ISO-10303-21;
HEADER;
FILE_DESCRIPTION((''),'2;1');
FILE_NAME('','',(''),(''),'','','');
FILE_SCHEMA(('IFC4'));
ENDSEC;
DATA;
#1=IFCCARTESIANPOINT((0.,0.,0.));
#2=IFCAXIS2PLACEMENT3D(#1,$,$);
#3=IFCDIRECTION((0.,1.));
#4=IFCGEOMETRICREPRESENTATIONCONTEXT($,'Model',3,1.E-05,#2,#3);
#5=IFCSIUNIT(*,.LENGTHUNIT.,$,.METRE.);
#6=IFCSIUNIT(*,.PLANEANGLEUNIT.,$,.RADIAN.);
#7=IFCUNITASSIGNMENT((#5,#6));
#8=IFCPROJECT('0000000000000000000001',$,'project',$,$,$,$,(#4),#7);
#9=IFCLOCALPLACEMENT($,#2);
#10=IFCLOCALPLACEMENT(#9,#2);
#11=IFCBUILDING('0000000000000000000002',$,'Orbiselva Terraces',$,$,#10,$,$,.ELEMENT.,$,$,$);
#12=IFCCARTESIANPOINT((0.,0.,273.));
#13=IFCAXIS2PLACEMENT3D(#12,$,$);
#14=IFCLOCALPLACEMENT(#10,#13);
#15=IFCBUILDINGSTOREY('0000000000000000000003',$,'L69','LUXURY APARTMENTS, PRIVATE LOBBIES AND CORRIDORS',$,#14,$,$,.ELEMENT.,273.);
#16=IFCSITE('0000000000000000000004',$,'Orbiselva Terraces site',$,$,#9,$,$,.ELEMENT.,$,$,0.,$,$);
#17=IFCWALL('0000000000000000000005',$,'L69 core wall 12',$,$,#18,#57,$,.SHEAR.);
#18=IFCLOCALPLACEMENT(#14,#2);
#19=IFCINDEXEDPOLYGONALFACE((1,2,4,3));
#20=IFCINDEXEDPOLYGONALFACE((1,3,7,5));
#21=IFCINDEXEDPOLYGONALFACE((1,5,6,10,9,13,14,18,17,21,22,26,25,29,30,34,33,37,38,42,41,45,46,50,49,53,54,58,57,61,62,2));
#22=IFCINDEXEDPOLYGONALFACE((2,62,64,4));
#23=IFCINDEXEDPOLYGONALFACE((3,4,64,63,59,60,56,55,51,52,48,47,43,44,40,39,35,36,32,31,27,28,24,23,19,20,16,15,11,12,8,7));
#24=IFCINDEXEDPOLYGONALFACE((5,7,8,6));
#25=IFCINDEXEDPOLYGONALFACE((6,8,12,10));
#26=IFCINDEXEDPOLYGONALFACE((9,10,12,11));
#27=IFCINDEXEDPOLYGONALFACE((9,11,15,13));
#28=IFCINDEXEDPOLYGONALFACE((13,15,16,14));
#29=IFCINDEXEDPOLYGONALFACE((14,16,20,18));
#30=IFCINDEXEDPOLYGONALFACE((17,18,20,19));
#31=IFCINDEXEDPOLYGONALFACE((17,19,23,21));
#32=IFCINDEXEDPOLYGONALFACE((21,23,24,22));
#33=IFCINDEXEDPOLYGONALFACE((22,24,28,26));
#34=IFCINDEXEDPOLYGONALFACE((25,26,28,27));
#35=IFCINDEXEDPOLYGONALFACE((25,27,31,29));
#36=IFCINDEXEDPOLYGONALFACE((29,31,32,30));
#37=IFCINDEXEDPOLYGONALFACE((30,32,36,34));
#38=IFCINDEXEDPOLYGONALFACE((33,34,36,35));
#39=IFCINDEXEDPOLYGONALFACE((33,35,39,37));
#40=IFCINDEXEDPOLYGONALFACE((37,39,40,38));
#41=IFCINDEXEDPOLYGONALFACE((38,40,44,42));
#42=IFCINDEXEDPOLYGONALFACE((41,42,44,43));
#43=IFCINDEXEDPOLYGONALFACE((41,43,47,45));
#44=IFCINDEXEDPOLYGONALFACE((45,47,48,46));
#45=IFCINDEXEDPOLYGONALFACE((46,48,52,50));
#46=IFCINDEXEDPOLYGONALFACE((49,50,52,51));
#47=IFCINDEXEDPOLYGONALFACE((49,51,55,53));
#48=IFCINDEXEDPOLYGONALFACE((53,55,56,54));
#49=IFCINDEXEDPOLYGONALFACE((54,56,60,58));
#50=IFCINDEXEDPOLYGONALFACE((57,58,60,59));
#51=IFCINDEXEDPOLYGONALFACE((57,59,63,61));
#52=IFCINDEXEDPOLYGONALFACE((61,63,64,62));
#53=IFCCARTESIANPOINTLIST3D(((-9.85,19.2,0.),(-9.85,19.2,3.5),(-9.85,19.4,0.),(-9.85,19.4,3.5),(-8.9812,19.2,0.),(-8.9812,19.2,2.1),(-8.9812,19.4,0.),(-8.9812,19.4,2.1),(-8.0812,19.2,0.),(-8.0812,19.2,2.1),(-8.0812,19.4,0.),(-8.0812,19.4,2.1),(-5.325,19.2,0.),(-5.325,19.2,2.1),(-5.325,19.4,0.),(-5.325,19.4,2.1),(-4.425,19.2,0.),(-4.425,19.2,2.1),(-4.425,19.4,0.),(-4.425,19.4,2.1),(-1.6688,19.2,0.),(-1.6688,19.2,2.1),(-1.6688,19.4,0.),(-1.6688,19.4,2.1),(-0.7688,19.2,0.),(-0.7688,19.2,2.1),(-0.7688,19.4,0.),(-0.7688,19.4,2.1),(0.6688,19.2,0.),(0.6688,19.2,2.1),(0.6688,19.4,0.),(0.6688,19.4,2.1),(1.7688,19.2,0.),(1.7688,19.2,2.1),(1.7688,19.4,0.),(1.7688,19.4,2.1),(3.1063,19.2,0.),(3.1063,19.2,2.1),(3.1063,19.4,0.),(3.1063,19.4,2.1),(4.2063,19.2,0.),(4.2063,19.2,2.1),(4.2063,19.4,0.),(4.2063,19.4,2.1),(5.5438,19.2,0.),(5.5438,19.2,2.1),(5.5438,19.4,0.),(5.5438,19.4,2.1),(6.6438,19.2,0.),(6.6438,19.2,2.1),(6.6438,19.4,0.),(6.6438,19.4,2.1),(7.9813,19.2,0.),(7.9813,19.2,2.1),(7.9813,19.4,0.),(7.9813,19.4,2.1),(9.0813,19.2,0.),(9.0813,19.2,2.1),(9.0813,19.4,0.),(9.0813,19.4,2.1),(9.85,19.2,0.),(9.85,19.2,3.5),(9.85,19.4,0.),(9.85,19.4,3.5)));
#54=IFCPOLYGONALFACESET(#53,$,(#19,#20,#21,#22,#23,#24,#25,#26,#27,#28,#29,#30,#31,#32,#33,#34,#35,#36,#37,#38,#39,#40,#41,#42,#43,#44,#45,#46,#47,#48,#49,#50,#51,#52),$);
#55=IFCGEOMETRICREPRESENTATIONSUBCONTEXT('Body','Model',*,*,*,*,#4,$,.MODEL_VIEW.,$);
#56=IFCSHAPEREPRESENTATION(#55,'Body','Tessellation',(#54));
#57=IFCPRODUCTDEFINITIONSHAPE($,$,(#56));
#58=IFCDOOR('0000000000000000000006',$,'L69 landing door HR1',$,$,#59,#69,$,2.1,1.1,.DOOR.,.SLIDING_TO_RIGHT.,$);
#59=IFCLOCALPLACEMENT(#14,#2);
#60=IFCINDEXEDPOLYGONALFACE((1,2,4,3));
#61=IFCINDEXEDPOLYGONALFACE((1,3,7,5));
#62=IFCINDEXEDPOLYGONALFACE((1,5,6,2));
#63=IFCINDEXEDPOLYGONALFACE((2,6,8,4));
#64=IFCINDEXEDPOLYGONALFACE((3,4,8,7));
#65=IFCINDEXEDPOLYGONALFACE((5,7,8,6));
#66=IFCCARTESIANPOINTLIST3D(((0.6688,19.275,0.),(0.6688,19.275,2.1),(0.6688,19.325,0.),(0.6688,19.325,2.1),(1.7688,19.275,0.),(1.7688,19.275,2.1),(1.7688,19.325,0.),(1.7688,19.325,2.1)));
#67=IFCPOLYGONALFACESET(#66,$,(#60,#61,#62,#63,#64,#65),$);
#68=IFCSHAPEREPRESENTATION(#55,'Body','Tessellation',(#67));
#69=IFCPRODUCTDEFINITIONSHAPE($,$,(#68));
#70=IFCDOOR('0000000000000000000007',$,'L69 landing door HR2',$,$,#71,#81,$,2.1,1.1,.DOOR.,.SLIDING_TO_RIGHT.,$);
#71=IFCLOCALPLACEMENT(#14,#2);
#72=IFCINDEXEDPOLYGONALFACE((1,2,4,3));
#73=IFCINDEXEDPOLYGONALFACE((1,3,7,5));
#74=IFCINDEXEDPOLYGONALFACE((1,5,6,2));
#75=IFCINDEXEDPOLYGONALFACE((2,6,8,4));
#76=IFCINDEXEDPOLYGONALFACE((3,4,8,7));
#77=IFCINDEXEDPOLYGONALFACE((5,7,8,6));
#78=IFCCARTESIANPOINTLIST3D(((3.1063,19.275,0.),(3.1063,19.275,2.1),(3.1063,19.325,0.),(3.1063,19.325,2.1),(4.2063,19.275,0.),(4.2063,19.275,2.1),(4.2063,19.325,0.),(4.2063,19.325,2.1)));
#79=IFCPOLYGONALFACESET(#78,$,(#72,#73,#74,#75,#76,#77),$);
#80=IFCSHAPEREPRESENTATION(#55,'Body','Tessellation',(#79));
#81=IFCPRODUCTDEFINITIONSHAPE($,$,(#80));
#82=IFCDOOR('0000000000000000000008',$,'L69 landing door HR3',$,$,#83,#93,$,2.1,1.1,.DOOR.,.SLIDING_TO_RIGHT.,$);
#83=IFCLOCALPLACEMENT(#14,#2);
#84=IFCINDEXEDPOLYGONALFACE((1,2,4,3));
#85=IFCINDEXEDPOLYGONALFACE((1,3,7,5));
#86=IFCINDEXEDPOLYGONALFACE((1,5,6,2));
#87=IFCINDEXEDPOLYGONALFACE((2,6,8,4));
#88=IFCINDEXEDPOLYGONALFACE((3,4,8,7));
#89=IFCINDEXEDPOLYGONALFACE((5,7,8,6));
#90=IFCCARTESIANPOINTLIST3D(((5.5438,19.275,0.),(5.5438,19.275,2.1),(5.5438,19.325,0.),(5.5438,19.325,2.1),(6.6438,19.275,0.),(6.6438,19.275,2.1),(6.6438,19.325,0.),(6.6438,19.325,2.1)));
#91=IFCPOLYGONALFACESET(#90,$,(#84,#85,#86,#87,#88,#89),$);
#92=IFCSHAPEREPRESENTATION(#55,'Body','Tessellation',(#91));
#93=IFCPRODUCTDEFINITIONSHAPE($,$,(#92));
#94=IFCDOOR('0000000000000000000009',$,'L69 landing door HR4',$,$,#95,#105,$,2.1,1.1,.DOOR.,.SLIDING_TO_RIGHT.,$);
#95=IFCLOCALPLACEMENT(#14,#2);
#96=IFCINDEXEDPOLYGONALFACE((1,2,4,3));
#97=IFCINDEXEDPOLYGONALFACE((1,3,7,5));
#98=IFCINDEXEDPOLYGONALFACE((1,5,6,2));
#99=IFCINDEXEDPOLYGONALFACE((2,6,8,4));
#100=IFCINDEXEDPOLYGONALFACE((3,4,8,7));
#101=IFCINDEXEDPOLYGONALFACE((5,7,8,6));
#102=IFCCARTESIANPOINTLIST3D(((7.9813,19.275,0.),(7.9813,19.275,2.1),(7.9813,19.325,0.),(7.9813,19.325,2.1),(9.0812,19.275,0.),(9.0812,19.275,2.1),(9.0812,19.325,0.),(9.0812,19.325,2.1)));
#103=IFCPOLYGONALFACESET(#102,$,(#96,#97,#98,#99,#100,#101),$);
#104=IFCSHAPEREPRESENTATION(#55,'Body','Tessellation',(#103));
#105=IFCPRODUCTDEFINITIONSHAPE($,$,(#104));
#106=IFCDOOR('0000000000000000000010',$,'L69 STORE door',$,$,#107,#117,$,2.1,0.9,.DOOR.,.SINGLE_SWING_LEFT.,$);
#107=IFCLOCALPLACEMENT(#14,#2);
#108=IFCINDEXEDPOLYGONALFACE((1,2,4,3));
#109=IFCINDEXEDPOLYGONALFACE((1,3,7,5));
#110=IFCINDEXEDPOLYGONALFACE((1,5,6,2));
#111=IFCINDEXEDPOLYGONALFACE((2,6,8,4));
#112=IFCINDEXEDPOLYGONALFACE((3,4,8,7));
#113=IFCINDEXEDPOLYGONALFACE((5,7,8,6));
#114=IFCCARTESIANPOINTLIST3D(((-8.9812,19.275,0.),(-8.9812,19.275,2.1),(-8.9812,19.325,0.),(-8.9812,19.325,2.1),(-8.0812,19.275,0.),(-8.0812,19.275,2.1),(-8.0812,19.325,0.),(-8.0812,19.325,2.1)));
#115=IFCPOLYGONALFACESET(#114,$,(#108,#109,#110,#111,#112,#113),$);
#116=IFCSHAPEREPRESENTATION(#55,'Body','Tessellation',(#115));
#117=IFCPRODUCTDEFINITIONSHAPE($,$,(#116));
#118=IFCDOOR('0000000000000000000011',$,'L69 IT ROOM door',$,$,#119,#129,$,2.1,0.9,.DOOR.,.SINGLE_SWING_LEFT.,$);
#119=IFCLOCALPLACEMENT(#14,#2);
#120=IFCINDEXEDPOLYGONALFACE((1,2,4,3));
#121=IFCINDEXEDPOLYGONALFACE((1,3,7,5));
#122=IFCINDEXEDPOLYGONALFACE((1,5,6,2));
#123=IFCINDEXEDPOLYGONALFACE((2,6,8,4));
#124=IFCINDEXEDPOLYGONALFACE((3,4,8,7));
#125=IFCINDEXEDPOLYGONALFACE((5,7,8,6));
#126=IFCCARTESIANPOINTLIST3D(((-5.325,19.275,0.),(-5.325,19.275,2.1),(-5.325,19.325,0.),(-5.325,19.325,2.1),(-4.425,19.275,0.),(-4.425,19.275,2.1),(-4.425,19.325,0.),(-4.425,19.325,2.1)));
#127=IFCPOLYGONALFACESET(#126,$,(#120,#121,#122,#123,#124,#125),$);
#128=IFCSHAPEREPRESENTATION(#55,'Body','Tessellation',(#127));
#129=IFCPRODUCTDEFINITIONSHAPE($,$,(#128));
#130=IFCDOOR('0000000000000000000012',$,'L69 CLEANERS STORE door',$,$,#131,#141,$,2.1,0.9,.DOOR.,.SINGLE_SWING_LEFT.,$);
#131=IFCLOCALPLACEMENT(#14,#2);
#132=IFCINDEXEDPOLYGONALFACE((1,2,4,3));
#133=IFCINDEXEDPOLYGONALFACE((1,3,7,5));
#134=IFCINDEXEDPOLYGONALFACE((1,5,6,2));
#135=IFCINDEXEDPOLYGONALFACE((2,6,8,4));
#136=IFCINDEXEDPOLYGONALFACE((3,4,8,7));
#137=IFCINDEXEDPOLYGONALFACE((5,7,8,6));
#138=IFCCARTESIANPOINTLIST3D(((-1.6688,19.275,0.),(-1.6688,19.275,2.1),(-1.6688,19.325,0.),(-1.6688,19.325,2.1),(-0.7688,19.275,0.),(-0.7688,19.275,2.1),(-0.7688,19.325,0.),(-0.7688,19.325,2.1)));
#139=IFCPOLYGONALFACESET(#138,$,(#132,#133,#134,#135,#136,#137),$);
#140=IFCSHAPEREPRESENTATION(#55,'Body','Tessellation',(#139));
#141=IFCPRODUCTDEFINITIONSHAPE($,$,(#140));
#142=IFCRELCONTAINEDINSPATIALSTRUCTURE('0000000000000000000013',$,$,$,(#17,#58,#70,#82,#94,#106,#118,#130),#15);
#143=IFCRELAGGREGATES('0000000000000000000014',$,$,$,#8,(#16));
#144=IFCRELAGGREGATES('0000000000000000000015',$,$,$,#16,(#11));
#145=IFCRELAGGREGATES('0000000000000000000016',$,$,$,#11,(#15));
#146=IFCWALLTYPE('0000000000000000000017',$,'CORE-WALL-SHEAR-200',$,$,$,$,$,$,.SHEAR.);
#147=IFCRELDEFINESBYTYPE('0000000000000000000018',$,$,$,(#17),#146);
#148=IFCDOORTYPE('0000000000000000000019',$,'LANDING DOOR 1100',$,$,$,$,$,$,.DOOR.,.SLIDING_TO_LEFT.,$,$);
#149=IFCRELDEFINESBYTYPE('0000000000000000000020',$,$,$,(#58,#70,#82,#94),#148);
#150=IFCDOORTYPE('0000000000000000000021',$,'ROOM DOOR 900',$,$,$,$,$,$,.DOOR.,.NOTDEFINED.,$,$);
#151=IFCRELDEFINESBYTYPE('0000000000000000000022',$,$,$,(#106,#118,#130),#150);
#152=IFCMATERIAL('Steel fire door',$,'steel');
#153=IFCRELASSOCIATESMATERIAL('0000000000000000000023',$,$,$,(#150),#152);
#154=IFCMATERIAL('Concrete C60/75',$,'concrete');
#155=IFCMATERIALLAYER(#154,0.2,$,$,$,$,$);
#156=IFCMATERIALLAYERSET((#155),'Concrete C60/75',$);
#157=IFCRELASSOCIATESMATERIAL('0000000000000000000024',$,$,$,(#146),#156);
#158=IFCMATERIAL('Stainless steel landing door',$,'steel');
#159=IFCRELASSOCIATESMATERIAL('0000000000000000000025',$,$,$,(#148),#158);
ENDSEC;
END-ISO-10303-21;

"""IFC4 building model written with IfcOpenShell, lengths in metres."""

from ifc_helpers import new_model, si_unit, direction, frame, frame_2d, origin, place, context, subcontext, project, spatial, rectangle, extrude, material, layer, layer_set, type_object, element, fill, save


model = new_model("IFC4")

# Units and contexts
model_context = context("Model", 3, precision=1e-05, world=origin(), true_north=direction((0.0, 1.0)))
body_context = subcontext(model_context, "Body", "Model", "MODEL_VIEW")
ifc_project = project(units=[si_unit("LENGTHUNIT", "METRE"), si_unit("PLANEANGLEUNIT", "RADIAN")], contexts=[model_context])

# Site, building, storey
site_placement = place(None, origin())
site = spatial("IfcSite", under=ifc_project, at=site_placement, Name="Orbiselva Terraces site", CompositionType="ELEMENT", RefElevation=0.0)
building_placement = place(site_placement, origin())
building = spatial("IfcBuilding", under=site, at=building_placement, Name="Orbiselva Terraces", CompositionType="ELEMENT")
storey_placement = place(building_placement, frame((0.0, 0.0, 273.0)))
storey = spatial("IfcBuildingStorey", under=building, at=storey_placement, Name="L69", Description="LUXURY APARTMENTS, PRIVATE LOBBIES AND CORRIDORS", CompositionType="ELEMENT", Elevation=273.0)

# Shared definitions
ifc_material_1 = material(Name="Steel fire door", Category="steel")
door_type_1 = type_object("IfcDoorType", Name="ROOM DOOR 900", OperationType="NOTDEFINED", PredefinedType="DOOR", material=ifc_material_1)

# Shared definitions
ifc_material_2 = material(Name="Concrete C60/75", Category="concrete")
ifc_layer_1 = layer(ifc_material_2, 0.2)
ifc_layer_set_1 = layer_set([ifc_layer_1], Name="Concrete C60/75")
wall_type_1 = type_object("IfcWallType", Name="CORE-WALL-SHEAR-200", PredefinedType="SHEAR", material=ifc_layer_set_1)

# Wall, openings, doors
wall_1_placement = place(storey_placement, frame((-9.85, 19.3, 0.0), z_axis=(0.0, 0.0, 1.0), x_axis=(1.0, 0.0, 0.0)))
wall_1 = element("IfcWall", 1, at=wall_1_placement, inside=storey, type_object=wall_type_1, Name="L69 core wall 12", PredefinedType="SHEAR", context=body_context, shape_type="SweptSolid", body=[
    extrude(rectangle(XDim=19.7, YDim=0.2, at=frame_2d((9.85, 0.0))), origin(), (0.0, 0.0, 1.0), 3.5),
])
opening_1_placement = place(wall_1_placement, frame((10.5188, 0.0, 0.0)))
opening_1 = element("IfcOpeningElement", 2, at=opening_1_placement, cuts=wall_1, PredefinedType="OPENING", context=body_context, shape_type="SweptSolid", body=[
    extrude(rectangle(XDim=1.1, YDim=2.1, at=frame_2d((0.55, 1.05))), frame((0.0, 0.11, 0.0), z_axis=(0.0, -1.0, 0.0), x_axis=(1.0, 0.0, 0.0)), (0.0, 0.0, 1.0), 0.22),
])
opening_2_placement = place(wall_1_placement, frame((12.9563, 0.0, 0.0)))
opening_2 = element("IfcOpeningElement", 3, at=opening_2_placement, cuts=wall_1, PredefinedType="OPENING", context=body_context, shape_type="SweptSolid", body=[
    extrude(rectangle(XDim=1.1, YDim=2.1, at=frame_2d((0.55, 1.05))), frame((0.0, 0.11, 0.0), z_axis=(0.0, -1.0, 0.0), x_axis=(1.0, 0.0, 0.0)), (0.0, 0.0, 1.0), 0.22),
])
opening_3_placement = place(wall_1_placement, frame((15.3938, 0.0, 0.0)))
opening_3 = element("IfcOpeningElement", 4, at=opening_3_placement, cuts=wall_1, PredefinedType="OPENING", context=body_context, shape_type="SweptSolid", body=[
    extrude(rectangle(XDim=1.1, YDim=2.1, at=frame_2d((0.55, 1.05))), frame((0.0, 0.11, 0.0), z_axis=(0.0, -1.0, 0.0), x_axis=(1.0, 0.0, 0.0)), (0.0, 0.0, 1.0), 0.22),
])
opening_4_placement = place(wall_1_placement, frame((17.8313, 0.0, 0.0)))
opening_4 = element("IfcOpeningElement", 5, at=opening_4_placement, cuts=wall_1, PredefinedType="OPENING", context=body_context, shape_type="SweptSolid", body=[
    extrude(rectangle(XDim=1.1, YDim=2.1, at=frame_2d((0.55, 1.05))), frame((0.0, 0.11, 0.0), z_axis=(0.0, -1.0, 0.0), x_axis=(1.0, 0.0, 0.0)), (0.0, 0.0, 1.0), 0.22),
])
opening_5_placement = place(wall_1_placement, frame((0.8688, 0.0, 0.0)))
opening_5 = element("IfcOpeningElement", 6, at=opening_5_placement, cuts=wall_1, PredefinedType="OPENING", context=body_context, shape_type="SweptSolid", body=[
    extrude(rectangle(XDim=0.9, YDim=2.1, at=frame_2d((0.45, 1.05))), frame((0.0, 0.11, 0.0), z_axis=(0.0, -1.0, 0.0), x_axis=(1.0, 0.0, 0.0)), (0.0, 0.0, 1.0), 0.22),
])
opening_6_placement = place(wall_1_placement, frame((4.525, 0.0, 0.0)))
opening_6 = element("IfcOpeningElement", 7, at=opening_6_placement, cuts=wall_1, PredefinedType="OPENING", context=body_context, shape_type="SweptSolid", body=[
    extrude(rectangle(XDim=0.9, YDim=2.1, at=frame_2d((0.45, 1.05))), frame((0.0, 0.11, 0.0), z_axis=(0.0, -1.0, 0.0), x_axis=(1.0, 0.0, 0.0)), (0.0, 0.0, 1.0), 0.22),
])
opening_7_placement = place(wall_1_placement, frame((8.1812, 0.0, 0.0)))
opening_7 = element("IfcOpeningElement", 8, at=opening_7_placement, cuts=wall_1, PredefinedType="OPENING", context=body_context, shape_type="SweptSolid", body=[
    extrude(rectangle(XDim=0.9, YDim=2.1, at=frame_2d((0.45, 1.05))), frame((0.0, 0.11, 0.0), z_axis=(0.0, -1.0, 0.0), x_axis=(1.0, 0.0, 0.0)), (0.0, 0.0, 1.0), 0.22),
])
ifc_material_3 = material(Name="Stainless steel landing door", Category="steel")
door_type_2 = type_object("IfcDoorType", Name="LANDING DOOR 1100", OperationType="SLIDING_TO_LEFT", PredefinedType="DOOR", material=ifc_material_3)
door_1_placement = place(opening_1_placement, origin())
door_1 = element("IfcDoor", 9, at=door_1_placement, inside=storey, type_object=door_type_2, Name="L69 landing door HR1", OperationType="SLIDING_TO_RIGHT", OverallHeight=2.1, OverallWidth=1.1, PredefinedType="DOOR", context=body_context, shape_type="SweptSolid", body=[
    extrude(rectangle(XDim=1.1, YDim=2.1, at=frame_2d((0.55, 1.05))), frame((0.0, 0.025, 0.0), z_axis=(0.0, -1.0, 0.0), x_axis=(1.0, 0.0, 0.0)), (0.0, 0.0, 1.0), 0.05),
])
fill(opening_1, door_1)
door_2_placement = place(opening_2_placement, origin())
door_2 = element("IfcDoor", 10, at=door_2_placement, inside=storey, type_object=door_type_2, Name="L69 landing door HR2", OperationType="SLIDING_TO_RIGHT", OverallHeight=2.1, OverallWidth=1.1, PredefinedType="DOOR", context=body_context, shape_type="SweptSolid", body=[
    extrude(rectangle(XDim=1.1, YDim=2.1, at=frame_2d((0.55, 1.05))), frame((0.0, 0.025, 0.0), z_axis=(0.0, -1.0, 0.0), x_axis=(1.0, 0.0, 0.0)), (0.0, 0.0, 1.0), 0.05),
])
fill(opening_2, door_2)
door_3_placement = place(opening_3_placement, origin())
door_3 = element("IfcDoor", 11, at=door_3_placement, inside=storey, type_object=door_type_2, Name="L69 landing door HR3", OperationType="SLIDING_TO_RIGHT", OverallHeight=2.1, OverallWidth=1.1, PredefinedType="DOOR", context=body_context, shape_type="SweptSolid", body=[
    extrude(rectangle(XDim=1.1, YDim=2.1, at=frame_2d((0.55, 1.05))), frame((0.0, 0.025, 0.0), z_axis=(0.0, -1.0, 0.0), x_axis=(1.0, 0.0, 0.0)), (0.0, 0.0, 1.0), 0.05),
])
fill(opening_3, door_3)
door_4_placement = place(opening_4_placement, origin())
door_4 = element("IfcDoor", 12, at=door_4_placement, inside=storey, type_object=door_type_2, Name="L69 landing door HR4", OperationType="SLIDING_TO_RIGHT", OverallHeight=2.1, OverallWidth=1.1, PredefinedType="DOOR", context=body_context, shape_type="SweptSolid", body=[
    extrude(rectangle(XDim=1.1, YDim=2.1, at=frame_2d((0.55, 1.05))), frame((0.0, 0.025, 0.0), z_axis=(0.0, -1.0, 0.0), x_axis=(1.0, 0.0, 0.0)), (0.0, 0.0, 1.0), 0.05),
])
fill(opening_4, door_4)
door_5_placement = place(opening_5_placement, origin())
door_5 = element("IfcDoor", 13, at=door_5_placement, inside=storey, type_object=door_type_1, Name="L69 STORE door", OperationType="SINGLE_SWING_LEFT", OverallHeight=2.1, OverallWidth=0.9, PredefinedType="DOOR", context=body_context, shape_type="SweptSolid", body=[
    extrude(rectangle(XDim=0.9, YDim=2.1, at=frame_2d((0.45, 1.05))), frame((0.0, 0.025, 0.0), z_axis=(0.0, -1.0, 0.0), x_axis=(1.0, 0.0, 0.0)), (0.0, 0.0, 1.0), 0.05),
])
fill(opening_5, door_5)
door_6_placement = place(opening_6_placement, origin())
door_6 = element("IfcDoor", 14, at=door_6_placement, inside=storey, type_object=door_type_1, Name="L69 IT ROOM door", OperationType="SINGLE_SWING_LEFT", OverallHeight=2.1, OverallWidth=0.9, PredefinedType="DOOR", context=body_context, shape_type="SweptSolid", body=[
    extrude(rectangle(XDim=0.9, YDim=2.1, at=frame_2d((0.45, 1.05))), frame((0.0, 0.025, 0.0), z_axis=(0.0, -1.0, 0.0), x_axis=(1.0, 0.0, 0.0)), (0.0, 0.0, 1.0), 0.05),
])
fill(opening_6, door_6)
door_7_placement = place(opening_7_placement, origin())
door_7 = element("IfcDoor", 15, at=door_7_placement, inside=storey, type_object=door_type_1, Name="L69 CLEANERS STORE door", OperationType="SINGLE_SWING_LEFT", OverallHeight=2.1, OverallWidth=0.9, PredefinedType="DOOR", context=body_context, shape_type="SweptSolid", body=[
    extrude(rectangle(XDim=0.9, YDim=2.1, at=frame_2d((0.45, 1.05))), frame((0.0, 0.025, 0.0), z_axis=(0.0, -1.0, 0.0), x_axis=(1.0, 0.0, 0.0)), (0.0, 0.0, 1.0), 0.05),
])
fill(opening_7, door_7)

save(model, "model.ifc")
